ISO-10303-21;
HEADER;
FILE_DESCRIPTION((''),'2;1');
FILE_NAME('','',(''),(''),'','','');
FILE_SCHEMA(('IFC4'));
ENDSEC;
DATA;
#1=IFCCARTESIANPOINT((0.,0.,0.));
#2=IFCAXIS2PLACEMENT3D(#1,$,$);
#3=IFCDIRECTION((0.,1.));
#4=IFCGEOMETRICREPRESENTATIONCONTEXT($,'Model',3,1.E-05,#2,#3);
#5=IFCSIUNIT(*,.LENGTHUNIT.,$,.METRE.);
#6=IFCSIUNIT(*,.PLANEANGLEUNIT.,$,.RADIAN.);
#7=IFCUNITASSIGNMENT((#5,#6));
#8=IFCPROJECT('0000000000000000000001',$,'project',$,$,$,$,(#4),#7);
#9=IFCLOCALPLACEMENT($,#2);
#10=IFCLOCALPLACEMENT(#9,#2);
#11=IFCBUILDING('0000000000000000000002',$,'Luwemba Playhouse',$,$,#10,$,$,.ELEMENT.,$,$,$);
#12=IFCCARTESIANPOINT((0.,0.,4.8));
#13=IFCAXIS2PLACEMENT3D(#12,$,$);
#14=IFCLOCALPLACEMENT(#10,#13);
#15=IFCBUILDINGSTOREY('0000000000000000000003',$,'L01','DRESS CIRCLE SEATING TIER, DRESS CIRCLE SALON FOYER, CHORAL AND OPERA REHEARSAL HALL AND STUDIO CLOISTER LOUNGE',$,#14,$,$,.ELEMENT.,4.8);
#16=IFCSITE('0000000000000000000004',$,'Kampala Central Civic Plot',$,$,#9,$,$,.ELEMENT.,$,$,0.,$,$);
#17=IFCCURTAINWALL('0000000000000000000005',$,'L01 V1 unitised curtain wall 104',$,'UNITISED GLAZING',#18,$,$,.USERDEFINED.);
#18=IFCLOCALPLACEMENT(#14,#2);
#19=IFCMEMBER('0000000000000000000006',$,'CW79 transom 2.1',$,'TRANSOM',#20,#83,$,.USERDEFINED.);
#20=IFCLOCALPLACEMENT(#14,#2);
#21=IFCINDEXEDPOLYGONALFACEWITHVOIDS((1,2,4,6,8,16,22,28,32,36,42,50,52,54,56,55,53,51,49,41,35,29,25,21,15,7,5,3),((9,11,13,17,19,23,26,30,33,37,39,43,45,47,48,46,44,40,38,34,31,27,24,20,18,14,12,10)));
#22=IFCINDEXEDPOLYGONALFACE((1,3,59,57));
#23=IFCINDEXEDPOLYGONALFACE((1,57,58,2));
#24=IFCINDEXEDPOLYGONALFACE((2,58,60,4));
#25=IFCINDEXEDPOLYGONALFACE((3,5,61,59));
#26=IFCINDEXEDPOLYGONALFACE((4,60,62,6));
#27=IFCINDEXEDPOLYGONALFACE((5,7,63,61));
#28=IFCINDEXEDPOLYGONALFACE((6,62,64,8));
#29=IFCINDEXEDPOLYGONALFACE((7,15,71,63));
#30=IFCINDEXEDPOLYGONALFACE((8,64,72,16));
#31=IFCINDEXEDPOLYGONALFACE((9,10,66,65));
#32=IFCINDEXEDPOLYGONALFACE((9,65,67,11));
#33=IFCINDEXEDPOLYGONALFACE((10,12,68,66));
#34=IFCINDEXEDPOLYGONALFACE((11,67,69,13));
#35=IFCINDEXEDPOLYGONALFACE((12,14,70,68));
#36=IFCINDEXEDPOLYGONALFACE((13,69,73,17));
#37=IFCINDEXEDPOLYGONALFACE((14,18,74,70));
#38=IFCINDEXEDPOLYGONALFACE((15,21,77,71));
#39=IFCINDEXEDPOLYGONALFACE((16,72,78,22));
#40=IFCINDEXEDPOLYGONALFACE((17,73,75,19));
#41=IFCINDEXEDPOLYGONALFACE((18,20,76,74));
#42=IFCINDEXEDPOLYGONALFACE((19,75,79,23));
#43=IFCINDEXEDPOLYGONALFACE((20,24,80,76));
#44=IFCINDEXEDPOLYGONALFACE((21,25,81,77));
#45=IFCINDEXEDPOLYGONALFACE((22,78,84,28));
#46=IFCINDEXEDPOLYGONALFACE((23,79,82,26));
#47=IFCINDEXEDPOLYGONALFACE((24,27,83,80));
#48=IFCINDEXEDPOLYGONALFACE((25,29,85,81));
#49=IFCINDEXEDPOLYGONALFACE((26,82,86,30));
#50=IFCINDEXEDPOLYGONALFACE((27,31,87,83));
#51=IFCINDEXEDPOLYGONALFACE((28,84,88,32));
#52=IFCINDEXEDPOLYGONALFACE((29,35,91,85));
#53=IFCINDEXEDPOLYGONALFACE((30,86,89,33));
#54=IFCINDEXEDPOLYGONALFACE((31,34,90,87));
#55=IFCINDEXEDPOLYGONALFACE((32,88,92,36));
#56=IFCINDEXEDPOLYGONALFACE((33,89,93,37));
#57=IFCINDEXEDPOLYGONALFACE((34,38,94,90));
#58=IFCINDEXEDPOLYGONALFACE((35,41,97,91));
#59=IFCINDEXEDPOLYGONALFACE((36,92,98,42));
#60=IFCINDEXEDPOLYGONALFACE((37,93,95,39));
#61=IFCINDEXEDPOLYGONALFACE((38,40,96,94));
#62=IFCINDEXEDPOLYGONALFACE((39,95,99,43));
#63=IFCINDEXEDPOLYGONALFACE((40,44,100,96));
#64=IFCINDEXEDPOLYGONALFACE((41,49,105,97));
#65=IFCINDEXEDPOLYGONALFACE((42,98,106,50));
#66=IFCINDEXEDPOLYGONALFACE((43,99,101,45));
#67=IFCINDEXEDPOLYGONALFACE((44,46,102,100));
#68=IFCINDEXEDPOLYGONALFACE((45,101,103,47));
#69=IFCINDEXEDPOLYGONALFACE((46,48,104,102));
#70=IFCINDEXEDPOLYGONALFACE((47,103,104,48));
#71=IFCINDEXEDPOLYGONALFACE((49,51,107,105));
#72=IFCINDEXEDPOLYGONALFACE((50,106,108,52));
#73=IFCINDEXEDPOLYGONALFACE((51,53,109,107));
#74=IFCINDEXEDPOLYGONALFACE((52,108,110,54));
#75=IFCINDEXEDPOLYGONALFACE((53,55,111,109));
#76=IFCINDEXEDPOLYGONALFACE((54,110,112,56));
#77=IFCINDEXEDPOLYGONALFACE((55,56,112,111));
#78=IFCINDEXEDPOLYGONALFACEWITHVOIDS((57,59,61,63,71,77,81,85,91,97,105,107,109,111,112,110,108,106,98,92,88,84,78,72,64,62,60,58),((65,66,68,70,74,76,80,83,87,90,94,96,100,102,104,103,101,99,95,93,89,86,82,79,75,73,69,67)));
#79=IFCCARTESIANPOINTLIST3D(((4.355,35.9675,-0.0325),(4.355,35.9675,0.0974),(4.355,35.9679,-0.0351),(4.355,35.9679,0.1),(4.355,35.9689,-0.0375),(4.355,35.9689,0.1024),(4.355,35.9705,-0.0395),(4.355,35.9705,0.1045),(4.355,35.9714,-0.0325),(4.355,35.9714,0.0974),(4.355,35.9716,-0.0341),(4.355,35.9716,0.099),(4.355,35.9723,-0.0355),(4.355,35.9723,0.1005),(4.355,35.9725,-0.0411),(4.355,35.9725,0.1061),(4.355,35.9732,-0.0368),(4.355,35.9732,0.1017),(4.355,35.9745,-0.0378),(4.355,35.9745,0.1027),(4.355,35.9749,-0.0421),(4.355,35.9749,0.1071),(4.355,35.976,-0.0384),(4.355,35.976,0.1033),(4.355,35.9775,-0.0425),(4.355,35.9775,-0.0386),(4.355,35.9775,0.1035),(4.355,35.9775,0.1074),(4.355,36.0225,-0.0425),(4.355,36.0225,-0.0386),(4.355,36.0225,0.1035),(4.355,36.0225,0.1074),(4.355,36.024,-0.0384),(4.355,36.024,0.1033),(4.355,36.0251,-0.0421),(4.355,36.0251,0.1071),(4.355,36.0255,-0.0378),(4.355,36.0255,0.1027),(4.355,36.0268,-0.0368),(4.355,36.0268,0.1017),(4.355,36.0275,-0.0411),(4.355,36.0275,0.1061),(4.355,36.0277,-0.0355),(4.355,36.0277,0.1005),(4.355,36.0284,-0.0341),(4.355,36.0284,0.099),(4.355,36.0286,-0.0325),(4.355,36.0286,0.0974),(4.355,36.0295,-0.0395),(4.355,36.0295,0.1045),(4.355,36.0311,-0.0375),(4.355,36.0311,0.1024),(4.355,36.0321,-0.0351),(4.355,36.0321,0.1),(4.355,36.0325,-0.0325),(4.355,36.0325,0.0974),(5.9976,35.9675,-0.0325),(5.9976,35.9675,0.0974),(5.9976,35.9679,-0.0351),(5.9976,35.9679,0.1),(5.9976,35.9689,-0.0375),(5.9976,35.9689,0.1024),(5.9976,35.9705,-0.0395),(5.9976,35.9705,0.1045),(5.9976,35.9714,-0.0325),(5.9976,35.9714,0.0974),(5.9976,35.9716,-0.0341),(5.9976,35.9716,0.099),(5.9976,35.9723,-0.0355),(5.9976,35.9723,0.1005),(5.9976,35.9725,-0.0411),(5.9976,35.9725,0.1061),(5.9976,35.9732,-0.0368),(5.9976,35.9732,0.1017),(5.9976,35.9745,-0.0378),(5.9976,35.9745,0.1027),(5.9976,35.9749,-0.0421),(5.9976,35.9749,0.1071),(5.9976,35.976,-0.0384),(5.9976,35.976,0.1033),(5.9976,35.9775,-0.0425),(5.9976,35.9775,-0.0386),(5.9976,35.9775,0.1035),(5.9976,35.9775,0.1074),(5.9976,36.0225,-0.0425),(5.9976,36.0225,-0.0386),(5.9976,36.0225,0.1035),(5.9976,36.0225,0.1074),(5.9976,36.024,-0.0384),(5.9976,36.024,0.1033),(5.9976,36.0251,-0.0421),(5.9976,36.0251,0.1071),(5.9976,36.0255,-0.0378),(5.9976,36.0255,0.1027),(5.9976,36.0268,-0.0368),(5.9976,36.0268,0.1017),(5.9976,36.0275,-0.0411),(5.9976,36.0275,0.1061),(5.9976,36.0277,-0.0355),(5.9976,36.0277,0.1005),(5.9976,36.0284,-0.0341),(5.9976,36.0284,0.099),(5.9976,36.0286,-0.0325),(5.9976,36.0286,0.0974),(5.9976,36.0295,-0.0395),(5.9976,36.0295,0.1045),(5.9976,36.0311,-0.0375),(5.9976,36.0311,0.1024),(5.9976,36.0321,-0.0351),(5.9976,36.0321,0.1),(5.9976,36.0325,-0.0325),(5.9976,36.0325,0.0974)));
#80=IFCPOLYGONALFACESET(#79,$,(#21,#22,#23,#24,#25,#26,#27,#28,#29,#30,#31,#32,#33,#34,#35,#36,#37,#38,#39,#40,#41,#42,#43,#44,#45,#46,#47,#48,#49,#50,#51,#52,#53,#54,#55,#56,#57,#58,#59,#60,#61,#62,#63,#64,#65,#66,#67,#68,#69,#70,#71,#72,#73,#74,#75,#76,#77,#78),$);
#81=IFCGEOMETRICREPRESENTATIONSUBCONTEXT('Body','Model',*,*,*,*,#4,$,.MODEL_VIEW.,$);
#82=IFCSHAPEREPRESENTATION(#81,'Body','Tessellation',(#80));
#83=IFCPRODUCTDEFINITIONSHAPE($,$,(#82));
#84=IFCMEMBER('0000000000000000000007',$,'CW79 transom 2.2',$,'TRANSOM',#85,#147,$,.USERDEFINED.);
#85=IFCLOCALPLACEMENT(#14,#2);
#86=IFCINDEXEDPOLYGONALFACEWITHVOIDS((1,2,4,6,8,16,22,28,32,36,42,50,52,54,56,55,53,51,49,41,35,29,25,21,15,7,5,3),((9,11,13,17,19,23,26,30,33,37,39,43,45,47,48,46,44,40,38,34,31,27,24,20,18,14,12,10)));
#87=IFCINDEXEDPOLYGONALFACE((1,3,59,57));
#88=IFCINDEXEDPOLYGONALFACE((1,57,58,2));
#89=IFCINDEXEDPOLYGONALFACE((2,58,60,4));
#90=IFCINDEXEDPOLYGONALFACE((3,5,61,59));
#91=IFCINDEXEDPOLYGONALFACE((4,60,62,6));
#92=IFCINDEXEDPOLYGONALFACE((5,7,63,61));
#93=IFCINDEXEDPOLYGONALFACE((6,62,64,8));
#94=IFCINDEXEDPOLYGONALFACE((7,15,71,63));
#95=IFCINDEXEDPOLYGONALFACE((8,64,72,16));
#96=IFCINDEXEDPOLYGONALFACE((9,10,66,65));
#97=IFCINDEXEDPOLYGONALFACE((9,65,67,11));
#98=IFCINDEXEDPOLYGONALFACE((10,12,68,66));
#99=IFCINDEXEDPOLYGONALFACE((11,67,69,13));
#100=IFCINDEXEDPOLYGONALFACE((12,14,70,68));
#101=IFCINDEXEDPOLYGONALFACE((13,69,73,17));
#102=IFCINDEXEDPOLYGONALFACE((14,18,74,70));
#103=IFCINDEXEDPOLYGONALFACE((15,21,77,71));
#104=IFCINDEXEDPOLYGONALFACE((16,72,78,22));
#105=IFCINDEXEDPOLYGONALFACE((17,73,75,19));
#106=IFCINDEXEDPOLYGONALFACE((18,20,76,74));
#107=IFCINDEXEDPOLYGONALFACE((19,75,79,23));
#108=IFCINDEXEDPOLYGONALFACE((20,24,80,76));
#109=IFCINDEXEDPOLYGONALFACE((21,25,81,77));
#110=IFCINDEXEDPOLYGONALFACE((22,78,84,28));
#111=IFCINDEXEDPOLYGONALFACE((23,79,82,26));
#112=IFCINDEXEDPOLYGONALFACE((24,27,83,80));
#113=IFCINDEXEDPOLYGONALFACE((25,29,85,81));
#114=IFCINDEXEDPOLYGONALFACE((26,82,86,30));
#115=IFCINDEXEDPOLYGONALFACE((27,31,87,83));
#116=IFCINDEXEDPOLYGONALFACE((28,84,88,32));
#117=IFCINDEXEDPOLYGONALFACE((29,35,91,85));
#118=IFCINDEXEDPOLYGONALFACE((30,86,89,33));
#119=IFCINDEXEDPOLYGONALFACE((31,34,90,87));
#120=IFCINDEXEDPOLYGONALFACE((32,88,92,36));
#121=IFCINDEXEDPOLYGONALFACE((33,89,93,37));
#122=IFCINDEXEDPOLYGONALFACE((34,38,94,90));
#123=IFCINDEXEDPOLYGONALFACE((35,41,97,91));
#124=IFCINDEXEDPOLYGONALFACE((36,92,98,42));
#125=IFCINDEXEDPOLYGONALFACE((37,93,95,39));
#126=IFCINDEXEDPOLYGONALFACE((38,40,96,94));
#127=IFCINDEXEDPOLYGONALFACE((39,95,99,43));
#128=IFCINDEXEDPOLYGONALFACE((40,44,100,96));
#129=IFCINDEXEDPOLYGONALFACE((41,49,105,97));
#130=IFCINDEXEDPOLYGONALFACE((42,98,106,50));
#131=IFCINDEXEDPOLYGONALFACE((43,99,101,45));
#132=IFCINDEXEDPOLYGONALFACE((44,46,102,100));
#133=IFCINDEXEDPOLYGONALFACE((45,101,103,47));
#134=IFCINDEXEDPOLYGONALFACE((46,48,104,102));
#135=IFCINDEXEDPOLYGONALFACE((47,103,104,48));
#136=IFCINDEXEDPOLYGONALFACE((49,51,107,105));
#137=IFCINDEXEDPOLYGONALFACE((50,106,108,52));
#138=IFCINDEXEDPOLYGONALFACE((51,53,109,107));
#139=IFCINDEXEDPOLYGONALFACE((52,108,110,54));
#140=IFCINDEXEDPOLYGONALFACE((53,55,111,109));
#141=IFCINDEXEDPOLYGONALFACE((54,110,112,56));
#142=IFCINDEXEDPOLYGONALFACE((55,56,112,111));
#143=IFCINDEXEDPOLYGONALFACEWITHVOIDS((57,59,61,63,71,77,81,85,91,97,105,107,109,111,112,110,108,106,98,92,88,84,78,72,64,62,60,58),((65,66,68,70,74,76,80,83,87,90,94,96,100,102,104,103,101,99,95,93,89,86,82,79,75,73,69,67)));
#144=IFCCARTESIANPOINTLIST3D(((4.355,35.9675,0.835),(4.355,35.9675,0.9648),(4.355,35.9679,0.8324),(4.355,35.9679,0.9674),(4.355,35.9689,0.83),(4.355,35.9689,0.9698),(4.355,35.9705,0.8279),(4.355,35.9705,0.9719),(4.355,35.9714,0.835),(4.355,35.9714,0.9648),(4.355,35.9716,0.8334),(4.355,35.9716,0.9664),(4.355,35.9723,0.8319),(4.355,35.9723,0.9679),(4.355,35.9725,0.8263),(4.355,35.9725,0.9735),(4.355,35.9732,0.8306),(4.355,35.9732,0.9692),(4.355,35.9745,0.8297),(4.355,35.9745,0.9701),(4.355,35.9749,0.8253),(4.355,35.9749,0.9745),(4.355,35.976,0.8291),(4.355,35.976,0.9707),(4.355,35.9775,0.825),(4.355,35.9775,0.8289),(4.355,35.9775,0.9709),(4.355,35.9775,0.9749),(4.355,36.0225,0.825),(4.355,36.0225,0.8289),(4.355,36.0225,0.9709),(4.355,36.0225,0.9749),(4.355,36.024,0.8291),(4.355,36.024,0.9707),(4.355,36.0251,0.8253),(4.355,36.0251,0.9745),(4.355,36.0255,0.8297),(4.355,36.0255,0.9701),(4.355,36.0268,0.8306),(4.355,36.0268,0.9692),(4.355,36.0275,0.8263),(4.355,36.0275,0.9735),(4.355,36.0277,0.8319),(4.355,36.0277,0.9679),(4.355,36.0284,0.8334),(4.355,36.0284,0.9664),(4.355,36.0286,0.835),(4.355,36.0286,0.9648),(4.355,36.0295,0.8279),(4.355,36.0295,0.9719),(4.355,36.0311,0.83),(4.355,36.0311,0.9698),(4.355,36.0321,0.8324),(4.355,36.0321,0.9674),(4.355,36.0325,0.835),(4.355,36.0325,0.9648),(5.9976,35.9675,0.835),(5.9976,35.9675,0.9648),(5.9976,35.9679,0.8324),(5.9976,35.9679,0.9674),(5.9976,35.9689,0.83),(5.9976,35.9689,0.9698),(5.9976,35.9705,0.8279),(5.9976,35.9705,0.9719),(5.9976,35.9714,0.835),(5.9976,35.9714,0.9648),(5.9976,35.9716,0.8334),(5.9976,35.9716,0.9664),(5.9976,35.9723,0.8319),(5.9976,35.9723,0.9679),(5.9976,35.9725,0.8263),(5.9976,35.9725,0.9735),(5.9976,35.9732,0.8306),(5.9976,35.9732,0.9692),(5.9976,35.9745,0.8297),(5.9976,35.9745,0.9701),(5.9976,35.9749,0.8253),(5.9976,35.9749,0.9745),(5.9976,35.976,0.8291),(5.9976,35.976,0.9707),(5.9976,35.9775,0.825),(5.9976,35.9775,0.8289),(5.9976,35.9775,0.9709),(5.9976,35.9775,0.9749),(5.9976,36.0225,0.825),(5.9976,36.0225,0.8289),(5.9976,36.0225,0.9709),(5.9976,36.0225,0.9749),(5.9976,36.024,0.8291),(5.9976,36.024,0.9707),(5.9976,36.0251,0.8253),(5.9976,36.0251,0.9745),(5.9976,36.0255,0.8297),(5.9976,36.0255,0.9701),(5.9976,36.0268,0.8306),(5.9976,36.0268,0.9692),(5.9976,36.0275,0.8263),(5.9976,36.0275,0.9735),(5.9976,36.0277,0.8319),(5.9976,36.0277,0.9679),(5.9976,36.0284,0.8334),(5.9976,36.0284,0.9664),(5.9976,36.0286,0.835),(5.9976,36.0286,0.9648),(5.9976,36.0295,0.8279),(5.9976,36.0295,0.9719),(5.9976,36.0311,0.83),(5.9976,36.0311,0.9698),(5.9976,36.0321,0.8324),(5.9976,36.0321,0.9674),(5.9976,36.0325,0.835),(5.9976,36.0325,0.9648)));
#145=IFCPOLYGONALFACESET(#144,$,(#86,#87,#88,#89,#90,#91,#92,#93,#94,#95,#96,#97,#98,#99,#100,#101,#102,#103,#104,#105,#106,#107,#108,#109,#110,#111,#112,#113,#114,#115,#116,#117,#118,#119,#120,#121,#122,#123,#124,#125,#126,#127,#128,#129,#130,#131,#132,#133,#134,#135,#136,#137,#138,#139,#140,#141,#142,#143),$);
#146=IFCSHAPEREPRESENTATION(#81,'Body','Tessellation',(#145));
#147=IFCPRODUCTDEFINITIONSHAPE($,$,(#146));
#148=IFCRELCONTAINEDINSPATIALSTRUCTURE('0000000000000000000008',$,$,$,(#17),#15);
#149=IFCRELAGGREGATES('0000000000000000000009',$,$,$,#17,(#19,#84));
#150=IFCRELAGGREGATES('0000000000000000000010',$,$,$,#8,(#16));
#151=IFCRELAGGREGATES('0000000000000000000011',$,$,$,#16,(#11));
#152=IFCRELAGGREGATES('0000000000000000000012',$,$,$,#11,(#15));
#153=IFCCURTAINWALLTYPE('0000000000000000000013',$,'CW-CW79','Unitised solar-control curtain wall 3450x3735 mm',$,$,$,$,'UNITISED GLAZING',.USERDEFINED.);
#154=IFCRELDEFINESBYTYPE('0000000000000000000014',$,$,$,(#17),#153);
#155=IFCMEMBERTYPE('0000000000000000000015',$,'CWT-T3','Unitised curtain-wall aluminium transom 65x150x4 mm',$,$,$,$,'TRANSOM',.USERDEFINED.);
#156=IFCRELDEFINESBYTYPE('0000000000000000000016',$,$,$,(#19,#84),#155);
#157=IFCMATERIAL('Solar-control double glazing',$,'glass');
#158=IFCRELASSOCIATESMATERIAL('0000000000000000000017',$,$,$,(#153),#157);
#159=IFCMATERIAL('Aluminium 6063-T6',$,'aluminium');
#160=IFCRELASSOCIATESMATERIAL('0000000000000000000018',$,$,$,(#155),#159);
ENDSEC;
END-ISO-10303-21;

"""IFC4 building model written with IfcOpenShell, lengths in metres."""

from ifc_helpers import new_model, si_unit, direction, frame, origin, origin_2d, place, context, subcontext, project, spatial, hollow_rectangle, extrude, material, material_profile, profile_set, type_object, element, aggregate, save


model = new_model("IFC4")

# Units and contexts
model_context = context("Model", 3, precision=1e-05, world=origin(), true_north=direction((0.0, 1.0)))
body_context = subcontext(model_context, "Body", "Model", "MODEL_VIEW")
ifc_project = project(units=[si_unit("LENGTHUNIT", "METRE"), si_unit("PLANEANGLEUNIT", "RADIAN")], contexts=[model_context])

# Site, building, storey
site_placement = place(None, origin())
site = spatial("IfcSite", under=ifc_project, at=site_placement, Name="Kampala Central Civic Plot", CompositionType="ELEMENT", RefElevation=0.0)
building_placement = place(site_placement, origin())
building = spatial("IfcBuilding", under=site, at=building_placement, Name="Luwemba Playhouse", CompositionType="ELEMENT")
storey_placement = place(building_placement, frame((0.0, 0.0, 4.8)))
storey = spatial("IfcBuildingStorey", under=building, at=storey_placement, Name="L01", Description="DRESS CIRCLE SEATING TIER, DRESS CIRCLE SALON FOYER, CHORAL AND OPERA REHEARSAL HALL AND STUDIO CLOISTER LOUNGE", CompositionType="ELEMENT", Elevation=4.8)

# Curtain wall, members
ifc_material_1 = material(Name="Solar-control double glazing", Category="glass")
curtain_wall_type = type_object("IfcCurtainWallType", Name="CW-CW79", Description="Unitised solar-control curtain wall 3450x3735 mm", ElementType="UNITISED GLAZING", PredefinedType="USERDEFINED", material=ifc_material_1)
curtain_wall_placement = place(storey_placement, origin())
curtain_wall = element("IfcCurtainWall", 1, at=curtain_wall_placement, inside=storey, type_object=curtain_wall_type, Name="L01 V1 unitised curtain wall 104", ObjectType="UNITISED GLAZING", PredefinedType="USERDEFINED")
ifc_material_2 = material(Name="Aluminium 6063-T6", Category="aluminium")
ifc_material_profile_1 = material_profile(ifc_material_2, hollow_rectangle(XDim=0.0649, YDim=0.1499, WallThickness=0.0039, InnerFilletRadius=0.0061, OuterFilletRadius=0.01, at=origin_2d()))
ifc_profile_set_1 = profile_set([ifc_material_profile_1], Name="Aluminium 6063-T6")
member_type_1 = type_object("IfcMemberType", Name="CWT-T3", Description="Unitised curtain-wall aluminium transom 65x150x4 mm", ElementType="TRANSOM", PredefinedType="USERDEFINED", material=ifc_profile_set_1)
member_1_placement = place(storey_placement, frame((5.9976, 36.0, 0.0325), z_axis=(-1.0, 0.0, 0.0), x_axis=(0.0, -1.0, 0.0)))
member_1 = element("IfcMember", 2, at=member_1_placement, type_object=member_type_1, Name="CW79 transom 2.1", ObjectType="TRANSOM", PredefinedType="USERDEFINED", context=body_context, shape_type="SweptSolid", body=[
    extrude(hollow_rectangle(XDim=0.0649, YDim=0.1499, WallThickness=0.0039, InnerFilletRadius=0.0061, OuterFilletRadius=0.01, at=origin_2d()), origin(), (0.0, 0.0, 1.0), 1.6426),
])
member_2_placement = place(storey_placement, frame((5.9976, 36.0, 0.8999), z_axis=(-1.0, 0.0, 0.0), x_axis=(0.0, -1.0, 0.0)))
member_2 = element("IfcMember", 3, at=member_2_placement, type_object=member_type_1, Name="CW79 transom 2.2", ObjectType="TRANSOM", PredefinedType="USERDEFINED", context=body_context, shape_type="SweptSolid", body=[
    extrude(hollow_rectangle(XDim=0.0649, YDim=0.1499, WallThickness=0.0039, InnerFilletRadius=0.0061, OuterFilletRadius=0.01, at=origin_2d()), origin(), (0.0, 0.0, 1.0), 1.6426),
])
aggregate(curtain_wall, [member_1, member_2])

save(model, "model.ifc")
